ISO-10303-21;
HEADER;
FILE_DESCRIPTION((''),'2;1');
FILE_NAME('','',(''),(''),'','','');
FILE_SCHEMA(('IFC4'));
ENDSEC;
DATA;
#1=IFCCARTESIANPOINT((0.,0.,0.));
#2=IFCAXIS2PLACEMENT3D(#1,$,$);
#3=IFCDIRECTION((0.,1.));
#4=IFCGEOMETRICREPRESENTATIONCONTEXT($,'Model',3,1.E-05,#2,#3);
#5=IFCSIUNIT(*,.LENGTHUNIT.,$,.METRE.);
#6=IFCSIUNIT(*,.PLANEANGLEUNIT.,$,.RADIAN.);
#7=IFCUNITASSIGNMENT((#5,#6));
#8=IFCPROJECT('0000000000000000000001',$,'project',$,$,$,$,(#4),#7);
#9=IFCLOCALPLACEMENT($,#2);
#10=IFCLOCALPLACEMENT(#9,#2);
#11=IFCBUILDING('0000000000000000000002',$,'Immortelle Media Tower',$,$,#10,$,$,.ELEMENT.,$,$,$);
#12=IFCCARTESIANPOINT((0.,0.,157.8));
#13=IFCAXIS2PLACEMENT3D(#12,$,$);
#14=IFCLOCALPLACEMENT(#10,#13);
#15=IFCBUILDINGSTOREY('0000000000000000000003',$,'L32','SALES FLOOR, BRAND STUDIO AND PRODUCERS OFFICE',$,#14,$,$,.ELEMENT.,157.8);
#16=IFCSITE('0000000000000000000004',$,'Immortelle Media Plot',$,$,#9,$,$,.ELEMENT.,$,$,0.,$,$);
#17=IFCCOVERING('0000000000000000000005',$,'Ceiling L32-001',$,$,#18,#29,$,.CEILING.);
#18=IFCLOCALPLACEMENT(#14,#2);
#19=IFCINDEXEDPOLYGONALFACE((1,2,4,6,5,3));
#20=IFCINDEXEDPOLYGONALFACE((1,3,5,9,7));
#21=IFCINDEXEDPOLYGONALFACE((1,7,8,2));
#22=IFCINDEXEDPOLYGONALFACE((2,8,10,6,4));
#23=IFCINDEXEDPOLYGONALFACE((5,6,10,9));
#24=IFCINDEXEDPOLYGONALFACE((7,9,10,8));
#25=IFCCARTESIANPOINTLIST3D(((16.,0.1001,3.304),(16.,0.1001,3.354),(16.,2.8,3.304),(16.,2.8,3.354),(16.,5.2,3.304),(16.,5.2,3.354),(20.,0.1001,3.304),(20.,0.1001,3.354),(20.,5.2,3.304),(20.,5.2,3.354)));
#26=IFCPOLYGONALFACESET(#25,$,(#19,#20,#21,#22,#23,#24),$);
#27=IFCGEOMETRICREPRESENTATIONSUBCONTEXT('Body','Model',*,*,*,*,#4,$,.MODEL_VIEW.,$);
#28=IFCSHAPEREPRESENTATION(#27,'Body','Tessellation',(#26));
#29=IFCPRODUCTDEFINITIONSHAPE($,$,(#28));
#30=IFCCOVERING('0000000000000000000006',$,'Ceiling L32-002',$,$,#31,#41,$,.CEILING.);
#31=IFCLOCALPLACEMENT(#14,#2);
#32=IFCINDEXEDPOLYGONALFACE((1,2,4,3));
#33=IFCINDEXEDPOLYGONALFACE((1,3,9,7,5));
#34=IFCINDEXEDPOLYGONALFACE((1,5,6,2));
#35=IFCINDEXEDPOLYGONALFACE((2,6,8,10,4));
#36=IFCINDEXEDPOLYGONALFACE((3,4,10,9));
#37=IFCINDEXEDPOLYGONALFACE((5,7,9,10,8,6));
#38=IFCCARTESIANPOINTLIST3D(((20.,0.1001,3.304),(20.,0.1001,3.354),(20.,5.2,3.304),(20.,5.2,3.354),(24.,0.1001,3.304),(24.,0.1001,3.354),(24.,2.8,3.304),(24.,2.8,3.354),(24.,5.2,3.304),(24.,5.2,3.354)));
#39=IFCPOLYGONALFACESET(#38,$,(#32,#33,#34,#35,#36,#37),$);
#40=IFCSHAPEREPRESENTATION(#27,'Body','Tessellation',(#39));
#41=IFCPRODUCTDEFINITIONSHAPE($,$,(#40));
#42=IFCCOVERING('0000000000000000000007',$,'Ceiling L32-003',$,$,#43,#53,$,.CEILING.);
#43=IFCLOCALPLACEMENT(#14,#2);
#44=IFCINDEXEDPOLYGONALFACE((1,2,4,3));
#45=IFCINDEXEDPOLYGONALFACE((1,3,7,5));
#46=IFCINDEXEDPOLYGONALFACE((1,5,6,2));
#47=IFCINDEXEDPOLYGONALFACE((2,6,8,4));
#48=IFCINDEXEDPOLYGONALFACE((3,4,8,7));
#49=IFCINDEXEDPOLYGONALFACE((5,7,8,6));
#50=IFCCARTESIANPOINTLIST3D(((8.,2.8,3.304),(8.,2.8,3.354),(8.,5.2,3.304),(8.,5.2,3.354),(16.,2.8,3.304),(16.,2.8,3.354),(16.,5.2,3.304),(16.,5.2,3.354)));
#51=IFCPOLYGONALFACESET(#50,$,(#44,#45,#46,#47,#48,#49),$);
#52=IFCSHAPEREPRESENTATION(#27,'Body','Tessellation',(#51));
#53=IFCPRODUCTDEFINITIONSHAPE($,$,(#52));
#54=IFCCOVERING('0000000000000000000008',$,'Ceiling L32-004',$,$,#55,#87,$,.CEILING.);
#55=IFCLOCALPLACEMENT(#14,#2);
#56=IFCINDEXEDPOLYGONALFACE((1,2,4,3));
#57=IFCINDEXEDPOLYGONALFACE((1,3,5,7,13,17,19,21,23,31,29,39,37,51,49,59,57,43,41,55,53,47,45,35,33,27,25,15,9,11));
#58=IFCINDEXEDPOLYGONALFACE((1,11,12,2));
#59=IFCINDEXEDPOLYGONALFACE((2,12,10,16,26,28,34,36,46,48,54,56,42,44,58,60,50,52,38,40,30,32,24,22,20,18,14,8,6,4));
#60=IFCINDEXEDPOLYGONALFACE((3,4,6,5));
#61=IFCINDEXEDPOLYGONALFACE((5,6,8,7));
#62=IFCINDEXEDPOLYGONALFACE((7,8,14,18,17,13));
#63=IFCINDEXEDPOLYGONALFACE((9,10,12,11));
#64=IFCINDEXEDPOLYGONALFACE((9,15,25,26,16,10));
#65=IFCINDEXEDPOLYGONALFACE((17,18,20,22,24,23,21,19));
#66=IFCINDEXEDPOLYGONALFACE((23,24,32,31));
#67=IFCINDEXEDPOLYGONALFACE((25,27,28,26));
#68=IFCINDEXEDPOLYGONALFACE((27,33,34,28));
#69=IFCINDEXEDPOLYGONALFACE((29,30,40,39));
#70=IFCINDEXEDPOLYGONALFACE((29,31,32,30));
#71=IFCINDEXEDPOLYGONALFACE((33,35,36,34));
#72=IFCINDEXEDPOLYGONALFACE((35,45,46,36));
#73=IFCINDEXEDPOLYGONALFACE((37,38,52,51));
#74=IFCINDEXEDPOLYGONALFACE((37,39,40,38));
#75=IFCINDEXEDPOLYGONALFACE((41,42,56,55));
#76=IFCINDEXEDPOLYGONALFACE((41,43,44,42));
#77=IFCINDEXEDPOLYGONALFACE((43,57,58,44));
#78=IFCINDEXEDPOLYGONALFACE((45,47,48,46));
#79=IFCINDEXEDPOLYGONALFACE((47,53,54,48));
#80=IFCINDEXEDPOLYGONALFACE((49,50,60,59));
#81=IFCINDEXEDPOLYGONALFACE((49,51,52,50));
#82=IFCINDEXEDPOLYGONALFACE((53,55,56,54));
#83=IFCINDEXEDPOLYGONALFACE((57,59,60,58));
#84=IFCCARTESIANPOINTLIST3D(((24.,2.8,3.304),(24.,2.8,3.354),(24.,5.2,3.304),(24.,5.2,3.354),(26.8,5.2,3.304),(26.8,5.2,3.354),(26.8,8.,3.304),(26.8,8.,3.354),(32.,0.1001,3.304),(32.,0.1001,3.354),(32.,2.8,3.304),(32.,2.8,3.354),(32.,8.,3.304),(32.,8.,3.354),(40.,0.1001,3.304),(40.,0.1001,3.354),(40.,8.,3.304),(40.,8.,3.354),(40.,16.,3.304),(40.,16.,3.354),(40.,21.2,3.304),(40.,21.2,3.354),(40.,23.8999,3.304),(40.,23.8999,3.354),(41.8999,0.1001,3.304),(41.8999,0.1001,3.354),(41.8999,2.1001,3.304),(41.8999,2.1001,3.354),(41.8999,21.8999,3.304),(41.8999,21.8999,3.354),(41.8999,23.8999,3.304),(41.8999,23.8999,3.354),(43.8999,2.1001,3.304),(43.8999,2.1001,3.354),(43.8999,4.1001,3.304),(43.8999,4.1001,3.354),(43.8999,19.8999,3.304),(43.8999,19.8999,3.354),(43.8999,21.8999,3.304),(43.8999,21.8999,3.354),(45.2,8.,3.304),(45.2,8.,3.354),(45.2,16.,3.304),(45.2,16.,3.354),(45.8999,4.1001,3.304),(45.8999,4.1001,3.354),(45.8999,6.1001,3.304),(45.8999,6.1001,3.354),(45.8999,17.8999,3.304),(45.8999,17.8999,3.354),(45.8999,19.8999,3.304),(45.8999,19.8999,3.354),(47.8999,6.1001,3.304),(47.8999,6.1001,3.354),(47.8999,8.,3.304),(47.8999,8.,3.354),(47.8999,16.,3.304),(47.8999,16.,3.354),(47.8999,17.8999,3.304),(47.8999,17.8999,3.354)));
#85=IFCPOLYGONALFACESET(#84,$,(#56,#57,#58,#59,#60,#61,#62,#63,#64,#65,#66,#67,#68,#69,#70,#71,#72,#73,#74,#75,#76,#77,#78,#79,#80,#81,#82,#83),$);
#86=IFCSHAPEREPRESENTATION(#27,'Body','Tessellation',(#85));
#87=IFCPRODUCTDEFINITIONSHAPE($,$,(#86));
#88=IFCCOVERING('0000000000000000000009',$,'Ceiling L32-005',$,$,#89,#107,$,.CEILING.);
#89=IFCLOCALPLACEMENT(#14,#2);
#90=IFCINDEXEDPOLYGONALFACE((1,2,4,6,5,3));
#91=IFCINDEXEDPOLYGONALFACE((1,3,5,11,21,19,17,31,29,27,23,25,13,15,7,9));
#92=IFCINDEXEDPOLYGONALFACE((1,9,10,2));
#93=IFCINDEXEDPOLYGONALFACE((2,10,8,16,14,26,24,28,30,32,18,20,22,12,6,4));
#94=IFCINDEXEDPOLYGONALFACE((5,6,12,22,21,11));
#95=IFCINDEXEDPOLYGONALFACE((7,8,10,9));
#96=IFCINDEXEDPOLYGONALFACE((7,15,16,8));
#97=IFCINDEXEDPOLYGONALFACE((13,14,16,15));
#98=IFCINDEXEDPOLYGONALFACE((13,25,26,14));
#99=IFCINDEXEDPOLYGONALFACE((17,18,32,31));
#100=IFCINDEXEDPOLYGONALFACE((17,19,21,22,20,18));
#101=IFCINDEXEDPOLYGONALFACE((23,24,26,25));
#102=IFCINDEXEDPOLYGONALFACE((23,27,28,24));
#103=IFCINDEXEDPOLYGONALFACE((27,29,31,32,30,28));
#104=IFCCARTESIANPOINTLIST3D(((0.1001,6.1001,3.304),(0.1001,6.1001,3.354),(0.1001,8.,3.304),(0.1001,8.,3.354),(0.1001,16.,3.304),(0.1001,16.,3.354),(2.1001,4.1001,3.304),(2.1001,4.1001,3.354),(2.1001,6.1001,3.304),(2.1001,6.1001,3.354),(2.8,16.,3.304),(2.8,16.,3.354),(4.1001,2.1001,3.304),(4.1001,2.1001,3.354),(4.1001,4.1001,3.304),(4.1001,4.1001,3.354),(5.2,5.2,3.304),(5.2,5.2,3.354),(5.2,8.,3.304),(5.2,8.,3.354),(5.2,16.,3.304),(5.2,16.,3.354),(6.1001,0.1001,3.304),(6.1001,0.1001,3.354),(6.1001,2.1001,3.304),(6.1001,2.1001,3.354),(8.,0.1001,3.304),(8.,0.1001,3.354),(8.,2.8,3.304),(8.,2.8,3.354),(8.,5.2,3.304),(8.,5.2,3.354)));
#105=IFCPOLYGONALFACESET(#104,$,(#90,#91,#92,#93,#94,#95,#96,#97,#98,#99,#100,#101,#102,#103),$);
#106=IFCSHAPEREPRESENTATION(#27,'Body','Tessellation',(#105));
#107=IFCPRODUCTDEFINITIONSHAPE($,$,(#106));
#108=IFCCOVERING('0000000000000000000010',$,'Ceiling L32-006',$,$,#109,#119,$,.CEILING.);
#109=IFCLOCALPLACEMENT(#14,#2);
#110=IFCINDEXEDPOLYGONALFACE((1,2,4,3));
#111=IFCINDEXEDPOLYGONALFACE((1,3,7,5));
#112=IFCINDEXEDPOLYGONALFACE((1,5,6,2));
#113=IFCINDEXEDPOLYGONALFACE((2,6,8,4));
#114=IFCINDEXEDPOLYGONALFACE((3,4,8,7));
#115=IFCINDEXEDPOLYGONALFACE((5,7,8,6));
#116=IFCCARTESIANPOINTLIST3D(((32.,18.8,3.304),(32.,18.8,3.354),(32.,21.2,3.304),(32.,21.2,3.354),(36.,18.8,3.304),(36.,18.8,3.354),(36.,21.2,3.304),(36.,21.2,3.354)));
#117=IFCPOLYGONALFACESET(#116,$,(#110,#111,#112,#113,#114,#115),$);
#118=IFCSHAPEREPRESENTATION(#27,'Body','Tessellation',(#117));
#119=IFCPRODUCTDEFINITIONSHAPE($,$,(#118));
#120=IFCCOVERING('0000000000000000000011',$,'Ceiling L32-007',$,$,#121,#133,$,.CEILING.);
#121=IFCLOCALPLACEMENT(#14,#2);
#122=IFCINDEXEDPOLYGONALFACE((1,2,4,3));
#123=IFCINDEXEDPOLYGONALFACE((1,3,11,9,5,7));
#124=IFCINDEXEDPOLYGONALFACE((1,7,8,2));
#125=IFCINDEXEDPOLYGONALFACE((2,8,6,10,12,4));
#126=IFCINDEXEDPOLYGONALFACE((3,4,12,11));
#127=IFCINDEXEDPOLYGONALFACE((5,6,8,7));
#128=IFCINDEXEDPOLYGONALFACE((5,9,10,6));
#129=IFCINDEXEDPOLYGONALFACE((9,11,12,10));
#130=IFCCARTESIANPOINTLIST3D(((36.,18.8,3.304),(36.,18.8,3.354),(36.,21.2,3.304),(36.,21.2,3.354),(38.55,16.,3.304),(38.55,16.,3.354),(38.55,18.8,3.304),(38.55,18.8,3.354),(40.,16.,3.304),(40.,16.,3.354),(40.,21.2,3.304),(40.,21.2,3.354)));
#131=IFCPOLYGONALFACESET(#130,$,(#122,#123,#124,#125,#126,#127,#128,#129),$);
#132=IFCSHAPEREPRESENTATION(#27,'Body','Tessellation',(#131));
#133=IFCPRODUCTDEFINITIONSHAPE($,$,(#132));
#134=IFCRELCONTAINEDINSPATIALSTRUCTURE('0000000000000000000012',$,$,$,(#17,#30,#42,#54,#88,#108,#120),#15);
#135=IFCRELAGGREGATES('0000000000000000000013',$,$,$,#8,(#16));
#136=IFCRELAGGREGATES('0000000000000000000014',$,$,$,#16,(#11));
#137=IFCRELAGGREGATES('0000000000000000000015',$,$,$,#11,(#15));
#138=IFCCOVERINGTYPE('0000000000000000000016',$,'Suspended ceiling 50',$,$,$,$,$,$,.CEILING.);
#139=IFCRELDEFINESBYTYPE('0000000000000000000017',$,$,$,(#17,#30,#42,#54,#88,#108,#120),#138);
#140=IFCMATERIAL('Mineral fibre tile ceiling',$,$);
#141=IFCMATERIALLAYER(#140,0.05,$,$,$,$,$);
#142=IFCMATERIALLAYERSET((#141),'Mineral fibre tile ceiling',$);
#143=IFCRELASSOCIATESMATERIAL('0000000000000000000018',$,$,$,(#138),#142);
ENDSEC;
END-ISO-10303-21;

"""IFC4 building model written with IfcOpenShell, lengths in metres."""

from ifc_helpers import new_model, si_unit, direction, frame, origin, place, context, subcontext, project, spatial, polyline, outline, extrude, material, layer, layer_set, type_object, element, save


model = new_model("IFC4")

# Units and contexts
model_context = context("Model", 3, precision=1e-05, world=origin(), true_north=direction((0.0, 1.0)))
body_context = subcontext(model_context, "Body", "Model", "MODEL_VIEW")
ifc_project = project(units=[si_unit("LENGTHUNIT", "METRE"), si_unit("PLANEANGLEUNIT", "RADIAN")], contexts=[model_context])

# Site, building, storey
site_placement = place(None, origin())
site = spatial("IfcSite", under=ifc_project, at=site_placement, Name="Immortelle Media Plot", CompositionType="ELEMENT", RefElevation=0.0)
building_placement = place(site_placement, origin())
building = spatial("IfcBuilding", under=site, at=building_placement, Name="Immortelle Media Tower", CompositionType="ELEMENT")
storey_placement = place(building_placement, frame((0.0, 0.0, 157.8)))
storey = spatial("IfcBuildingStorey", under=building, at=storey_placement, Name="L32", Description="SALES FLOOR, BRAND STUDIO AND PRODUCERS OFFICE", CompositionType="ELEMENT", Elevation=157.8)

# Coverings
ifc_material_1 = material(Name="Mineral fibre tile ceiling")
ifc_layer_1 = layer(ifc_material_1, 0.05)
ifc_layer_set_1 = layer_set([ifc_layer_1], Name="Mineral fibre tile ceiling")
covering_type = type_object("IfcCoveringType", Name="Suspended ceiling 50", PredefinedType="CEILING", material=ifc_layer_set_1)
covering_1_placement = place(storey_placement, frame((0.0, 0.0, 3.304)))
element("IfcCovering", 1, at=covering_1_placement, inside=storey, type_object=covering_type, Name="Ceiling L32-001", PredefinedType="CEILING", context=body_context, shape_type="SweptSolid", body=[
    extrude(outline(polyline([(16.0, 2.8), (16.0, 5.2), (20.0, 5.2), (20.0, 0.1001), (16.0, 0.1001), (16.0, 2.8)])), origin(), (0.0, 0.0, 1.0), 0.05),
])
covering_2_placement = place(storey_placement, frame((0.0, 0.0, 3.304)))
element("IfcCovering", 2, at=covering_2_placement, inside=storey, type_object=covering_type, Name="Ceiling L32-002", PredefinedType="CEILING", context=body_context, shape_type="SweptSolid", body=[
    extrude(outline(polyline([(24.0, 5.2), (24.0, 2.8), (24.0, 0.1001), (20.0, 0.1001), (20.0, 5.2), (24.0, 5.2)])), origin(), (0.0, 0.0, 1.0), 0.05),
])
covering_3_placement = place(storey_placement, frame((0.0, 0.0, 3.304)))
element("IfcCovering", 3, at=covering_3_placement, inside=storey, type_object=covering_type, Name="Ceiling L32-003", PredefinedType="CEILING", context=body_context, shape_type="SweptSolid", body=[
    extrude(outline(polyline([(8.0, 2.8), (8.0, 5.2), (16.0, 5.2), (16.0, 2.8), (8.0, 2.8)])), origin(), (0.0, 0.0, 1.0), 0.05),
])
covering_4_placement = place(storey_placement, frame((0.0, 0.0, 3.304)))
element("IfcCovering", 4, at=covering_4_placement, inside=storey, type_object=covering_type, Name="Ceiling L32-004", PredefinedType="CEILING", context=body_context, shape_type="SweptSolid", body=[
    extrude(outline(polyline([(26.8, 5.2), (26.8, 8.0), (32.0, 8.0), (40.0, 8.0), (40.0, 16.0), (40.0, 21.2), (40.0, 23.8999), (41.8999, 23.8999), (41.8999, 21.8999), (43.8999, 21.8999), (43.8999, 19.8999), (45.8999, 19.8999), (45.8999, 17.8999), (47.8999, 17.8999), (47.8999, 16.0), (45.2, 16.0), (45.2, 8.0), (47.8999, 8.0), (47.8999, 6.1001), (45.8999, 6.1001), (45.8999, 4.1001), (43.8999, 4.1001), (43.8999, 2.1001), (41.8999, 2.1001), (41.8999, 0.1001), (40.0, 0.1001), (32.0, 0.1001), (32.0, 2.8), (24.0, 2.8), (24.0, 5.2), (26.8, 5.2)])), origin(), (0.0, 0.0, 1.0), 0.05),
])
covering_5_placement = place(storey_placement, frame((0.0, 0.0, 3.304)))
element("IfcCovering", 5, at=covering_5_placement, inside=storey, type_object=covering_type, Name="Ceiling L32-005", PredefinedType="CEILING", context=body_context, shape_type="SweptSolid", body=[
    extrude(outline(polyline([(6.1001, 2.1001), (4.1001, 2.1001), (4.1001, 4.1001), (2.1001, 4.1001), (2.1001, 6.1001), (0.1001, 6.1001), (0.1001, 8.0), (0.1001, 16.0), (2.8, 16.0), (5.2, 16.0), (5.2, 8.0), (5.2, 5.2), (8.0, 5.2), (8.0, 2.8), (8.0, 0.1001), (6.1001, 0.1001), (6.1001, 2.1001)])), origin(), (0.0, 0.0, 1.0), 0.05),
])
covering_6_placement = place(storey_placement, frame((0.0, 0.0, 3.304)))
element("IfcCovering", 6, at=covering_6_placement, inside=storey, type_object=covering_type, Name="Ceiling L32-006", PredefinedType="CEILING", context=body_context, shape_type="SweptSolid", body=[
    extrude(outline(polyline([(32.0, 18.8), (32.0, 21.2), (36.0, 21.2), (36.0, 18.8), (32.0, 18.8)])), origin(), (0.0, 0.0, 1.0), 0.05),
])
covering_7_placement = place(storey_placement, frame((0.0, 0.0, 3.304)))
element("IfcCovering", 7, at=covering_7_placement, inside=storey, type_object=covering_type, Name="Ceiling L32-007", PredefinedType="CEILING", context=body_context, shape_type="SweptSolid", body=[
    extrude(outline(polyline([(38.55, 18.8), (36.0, 18.8), (36.0, 21.2), (40.0, 21.2), (40.0, 16.0), (38.55, 16.0), (38.55, 18.8)])), origin(), (0.0, 0.0, 1.0), 0.05),
])

save(model, "model.ifc")
